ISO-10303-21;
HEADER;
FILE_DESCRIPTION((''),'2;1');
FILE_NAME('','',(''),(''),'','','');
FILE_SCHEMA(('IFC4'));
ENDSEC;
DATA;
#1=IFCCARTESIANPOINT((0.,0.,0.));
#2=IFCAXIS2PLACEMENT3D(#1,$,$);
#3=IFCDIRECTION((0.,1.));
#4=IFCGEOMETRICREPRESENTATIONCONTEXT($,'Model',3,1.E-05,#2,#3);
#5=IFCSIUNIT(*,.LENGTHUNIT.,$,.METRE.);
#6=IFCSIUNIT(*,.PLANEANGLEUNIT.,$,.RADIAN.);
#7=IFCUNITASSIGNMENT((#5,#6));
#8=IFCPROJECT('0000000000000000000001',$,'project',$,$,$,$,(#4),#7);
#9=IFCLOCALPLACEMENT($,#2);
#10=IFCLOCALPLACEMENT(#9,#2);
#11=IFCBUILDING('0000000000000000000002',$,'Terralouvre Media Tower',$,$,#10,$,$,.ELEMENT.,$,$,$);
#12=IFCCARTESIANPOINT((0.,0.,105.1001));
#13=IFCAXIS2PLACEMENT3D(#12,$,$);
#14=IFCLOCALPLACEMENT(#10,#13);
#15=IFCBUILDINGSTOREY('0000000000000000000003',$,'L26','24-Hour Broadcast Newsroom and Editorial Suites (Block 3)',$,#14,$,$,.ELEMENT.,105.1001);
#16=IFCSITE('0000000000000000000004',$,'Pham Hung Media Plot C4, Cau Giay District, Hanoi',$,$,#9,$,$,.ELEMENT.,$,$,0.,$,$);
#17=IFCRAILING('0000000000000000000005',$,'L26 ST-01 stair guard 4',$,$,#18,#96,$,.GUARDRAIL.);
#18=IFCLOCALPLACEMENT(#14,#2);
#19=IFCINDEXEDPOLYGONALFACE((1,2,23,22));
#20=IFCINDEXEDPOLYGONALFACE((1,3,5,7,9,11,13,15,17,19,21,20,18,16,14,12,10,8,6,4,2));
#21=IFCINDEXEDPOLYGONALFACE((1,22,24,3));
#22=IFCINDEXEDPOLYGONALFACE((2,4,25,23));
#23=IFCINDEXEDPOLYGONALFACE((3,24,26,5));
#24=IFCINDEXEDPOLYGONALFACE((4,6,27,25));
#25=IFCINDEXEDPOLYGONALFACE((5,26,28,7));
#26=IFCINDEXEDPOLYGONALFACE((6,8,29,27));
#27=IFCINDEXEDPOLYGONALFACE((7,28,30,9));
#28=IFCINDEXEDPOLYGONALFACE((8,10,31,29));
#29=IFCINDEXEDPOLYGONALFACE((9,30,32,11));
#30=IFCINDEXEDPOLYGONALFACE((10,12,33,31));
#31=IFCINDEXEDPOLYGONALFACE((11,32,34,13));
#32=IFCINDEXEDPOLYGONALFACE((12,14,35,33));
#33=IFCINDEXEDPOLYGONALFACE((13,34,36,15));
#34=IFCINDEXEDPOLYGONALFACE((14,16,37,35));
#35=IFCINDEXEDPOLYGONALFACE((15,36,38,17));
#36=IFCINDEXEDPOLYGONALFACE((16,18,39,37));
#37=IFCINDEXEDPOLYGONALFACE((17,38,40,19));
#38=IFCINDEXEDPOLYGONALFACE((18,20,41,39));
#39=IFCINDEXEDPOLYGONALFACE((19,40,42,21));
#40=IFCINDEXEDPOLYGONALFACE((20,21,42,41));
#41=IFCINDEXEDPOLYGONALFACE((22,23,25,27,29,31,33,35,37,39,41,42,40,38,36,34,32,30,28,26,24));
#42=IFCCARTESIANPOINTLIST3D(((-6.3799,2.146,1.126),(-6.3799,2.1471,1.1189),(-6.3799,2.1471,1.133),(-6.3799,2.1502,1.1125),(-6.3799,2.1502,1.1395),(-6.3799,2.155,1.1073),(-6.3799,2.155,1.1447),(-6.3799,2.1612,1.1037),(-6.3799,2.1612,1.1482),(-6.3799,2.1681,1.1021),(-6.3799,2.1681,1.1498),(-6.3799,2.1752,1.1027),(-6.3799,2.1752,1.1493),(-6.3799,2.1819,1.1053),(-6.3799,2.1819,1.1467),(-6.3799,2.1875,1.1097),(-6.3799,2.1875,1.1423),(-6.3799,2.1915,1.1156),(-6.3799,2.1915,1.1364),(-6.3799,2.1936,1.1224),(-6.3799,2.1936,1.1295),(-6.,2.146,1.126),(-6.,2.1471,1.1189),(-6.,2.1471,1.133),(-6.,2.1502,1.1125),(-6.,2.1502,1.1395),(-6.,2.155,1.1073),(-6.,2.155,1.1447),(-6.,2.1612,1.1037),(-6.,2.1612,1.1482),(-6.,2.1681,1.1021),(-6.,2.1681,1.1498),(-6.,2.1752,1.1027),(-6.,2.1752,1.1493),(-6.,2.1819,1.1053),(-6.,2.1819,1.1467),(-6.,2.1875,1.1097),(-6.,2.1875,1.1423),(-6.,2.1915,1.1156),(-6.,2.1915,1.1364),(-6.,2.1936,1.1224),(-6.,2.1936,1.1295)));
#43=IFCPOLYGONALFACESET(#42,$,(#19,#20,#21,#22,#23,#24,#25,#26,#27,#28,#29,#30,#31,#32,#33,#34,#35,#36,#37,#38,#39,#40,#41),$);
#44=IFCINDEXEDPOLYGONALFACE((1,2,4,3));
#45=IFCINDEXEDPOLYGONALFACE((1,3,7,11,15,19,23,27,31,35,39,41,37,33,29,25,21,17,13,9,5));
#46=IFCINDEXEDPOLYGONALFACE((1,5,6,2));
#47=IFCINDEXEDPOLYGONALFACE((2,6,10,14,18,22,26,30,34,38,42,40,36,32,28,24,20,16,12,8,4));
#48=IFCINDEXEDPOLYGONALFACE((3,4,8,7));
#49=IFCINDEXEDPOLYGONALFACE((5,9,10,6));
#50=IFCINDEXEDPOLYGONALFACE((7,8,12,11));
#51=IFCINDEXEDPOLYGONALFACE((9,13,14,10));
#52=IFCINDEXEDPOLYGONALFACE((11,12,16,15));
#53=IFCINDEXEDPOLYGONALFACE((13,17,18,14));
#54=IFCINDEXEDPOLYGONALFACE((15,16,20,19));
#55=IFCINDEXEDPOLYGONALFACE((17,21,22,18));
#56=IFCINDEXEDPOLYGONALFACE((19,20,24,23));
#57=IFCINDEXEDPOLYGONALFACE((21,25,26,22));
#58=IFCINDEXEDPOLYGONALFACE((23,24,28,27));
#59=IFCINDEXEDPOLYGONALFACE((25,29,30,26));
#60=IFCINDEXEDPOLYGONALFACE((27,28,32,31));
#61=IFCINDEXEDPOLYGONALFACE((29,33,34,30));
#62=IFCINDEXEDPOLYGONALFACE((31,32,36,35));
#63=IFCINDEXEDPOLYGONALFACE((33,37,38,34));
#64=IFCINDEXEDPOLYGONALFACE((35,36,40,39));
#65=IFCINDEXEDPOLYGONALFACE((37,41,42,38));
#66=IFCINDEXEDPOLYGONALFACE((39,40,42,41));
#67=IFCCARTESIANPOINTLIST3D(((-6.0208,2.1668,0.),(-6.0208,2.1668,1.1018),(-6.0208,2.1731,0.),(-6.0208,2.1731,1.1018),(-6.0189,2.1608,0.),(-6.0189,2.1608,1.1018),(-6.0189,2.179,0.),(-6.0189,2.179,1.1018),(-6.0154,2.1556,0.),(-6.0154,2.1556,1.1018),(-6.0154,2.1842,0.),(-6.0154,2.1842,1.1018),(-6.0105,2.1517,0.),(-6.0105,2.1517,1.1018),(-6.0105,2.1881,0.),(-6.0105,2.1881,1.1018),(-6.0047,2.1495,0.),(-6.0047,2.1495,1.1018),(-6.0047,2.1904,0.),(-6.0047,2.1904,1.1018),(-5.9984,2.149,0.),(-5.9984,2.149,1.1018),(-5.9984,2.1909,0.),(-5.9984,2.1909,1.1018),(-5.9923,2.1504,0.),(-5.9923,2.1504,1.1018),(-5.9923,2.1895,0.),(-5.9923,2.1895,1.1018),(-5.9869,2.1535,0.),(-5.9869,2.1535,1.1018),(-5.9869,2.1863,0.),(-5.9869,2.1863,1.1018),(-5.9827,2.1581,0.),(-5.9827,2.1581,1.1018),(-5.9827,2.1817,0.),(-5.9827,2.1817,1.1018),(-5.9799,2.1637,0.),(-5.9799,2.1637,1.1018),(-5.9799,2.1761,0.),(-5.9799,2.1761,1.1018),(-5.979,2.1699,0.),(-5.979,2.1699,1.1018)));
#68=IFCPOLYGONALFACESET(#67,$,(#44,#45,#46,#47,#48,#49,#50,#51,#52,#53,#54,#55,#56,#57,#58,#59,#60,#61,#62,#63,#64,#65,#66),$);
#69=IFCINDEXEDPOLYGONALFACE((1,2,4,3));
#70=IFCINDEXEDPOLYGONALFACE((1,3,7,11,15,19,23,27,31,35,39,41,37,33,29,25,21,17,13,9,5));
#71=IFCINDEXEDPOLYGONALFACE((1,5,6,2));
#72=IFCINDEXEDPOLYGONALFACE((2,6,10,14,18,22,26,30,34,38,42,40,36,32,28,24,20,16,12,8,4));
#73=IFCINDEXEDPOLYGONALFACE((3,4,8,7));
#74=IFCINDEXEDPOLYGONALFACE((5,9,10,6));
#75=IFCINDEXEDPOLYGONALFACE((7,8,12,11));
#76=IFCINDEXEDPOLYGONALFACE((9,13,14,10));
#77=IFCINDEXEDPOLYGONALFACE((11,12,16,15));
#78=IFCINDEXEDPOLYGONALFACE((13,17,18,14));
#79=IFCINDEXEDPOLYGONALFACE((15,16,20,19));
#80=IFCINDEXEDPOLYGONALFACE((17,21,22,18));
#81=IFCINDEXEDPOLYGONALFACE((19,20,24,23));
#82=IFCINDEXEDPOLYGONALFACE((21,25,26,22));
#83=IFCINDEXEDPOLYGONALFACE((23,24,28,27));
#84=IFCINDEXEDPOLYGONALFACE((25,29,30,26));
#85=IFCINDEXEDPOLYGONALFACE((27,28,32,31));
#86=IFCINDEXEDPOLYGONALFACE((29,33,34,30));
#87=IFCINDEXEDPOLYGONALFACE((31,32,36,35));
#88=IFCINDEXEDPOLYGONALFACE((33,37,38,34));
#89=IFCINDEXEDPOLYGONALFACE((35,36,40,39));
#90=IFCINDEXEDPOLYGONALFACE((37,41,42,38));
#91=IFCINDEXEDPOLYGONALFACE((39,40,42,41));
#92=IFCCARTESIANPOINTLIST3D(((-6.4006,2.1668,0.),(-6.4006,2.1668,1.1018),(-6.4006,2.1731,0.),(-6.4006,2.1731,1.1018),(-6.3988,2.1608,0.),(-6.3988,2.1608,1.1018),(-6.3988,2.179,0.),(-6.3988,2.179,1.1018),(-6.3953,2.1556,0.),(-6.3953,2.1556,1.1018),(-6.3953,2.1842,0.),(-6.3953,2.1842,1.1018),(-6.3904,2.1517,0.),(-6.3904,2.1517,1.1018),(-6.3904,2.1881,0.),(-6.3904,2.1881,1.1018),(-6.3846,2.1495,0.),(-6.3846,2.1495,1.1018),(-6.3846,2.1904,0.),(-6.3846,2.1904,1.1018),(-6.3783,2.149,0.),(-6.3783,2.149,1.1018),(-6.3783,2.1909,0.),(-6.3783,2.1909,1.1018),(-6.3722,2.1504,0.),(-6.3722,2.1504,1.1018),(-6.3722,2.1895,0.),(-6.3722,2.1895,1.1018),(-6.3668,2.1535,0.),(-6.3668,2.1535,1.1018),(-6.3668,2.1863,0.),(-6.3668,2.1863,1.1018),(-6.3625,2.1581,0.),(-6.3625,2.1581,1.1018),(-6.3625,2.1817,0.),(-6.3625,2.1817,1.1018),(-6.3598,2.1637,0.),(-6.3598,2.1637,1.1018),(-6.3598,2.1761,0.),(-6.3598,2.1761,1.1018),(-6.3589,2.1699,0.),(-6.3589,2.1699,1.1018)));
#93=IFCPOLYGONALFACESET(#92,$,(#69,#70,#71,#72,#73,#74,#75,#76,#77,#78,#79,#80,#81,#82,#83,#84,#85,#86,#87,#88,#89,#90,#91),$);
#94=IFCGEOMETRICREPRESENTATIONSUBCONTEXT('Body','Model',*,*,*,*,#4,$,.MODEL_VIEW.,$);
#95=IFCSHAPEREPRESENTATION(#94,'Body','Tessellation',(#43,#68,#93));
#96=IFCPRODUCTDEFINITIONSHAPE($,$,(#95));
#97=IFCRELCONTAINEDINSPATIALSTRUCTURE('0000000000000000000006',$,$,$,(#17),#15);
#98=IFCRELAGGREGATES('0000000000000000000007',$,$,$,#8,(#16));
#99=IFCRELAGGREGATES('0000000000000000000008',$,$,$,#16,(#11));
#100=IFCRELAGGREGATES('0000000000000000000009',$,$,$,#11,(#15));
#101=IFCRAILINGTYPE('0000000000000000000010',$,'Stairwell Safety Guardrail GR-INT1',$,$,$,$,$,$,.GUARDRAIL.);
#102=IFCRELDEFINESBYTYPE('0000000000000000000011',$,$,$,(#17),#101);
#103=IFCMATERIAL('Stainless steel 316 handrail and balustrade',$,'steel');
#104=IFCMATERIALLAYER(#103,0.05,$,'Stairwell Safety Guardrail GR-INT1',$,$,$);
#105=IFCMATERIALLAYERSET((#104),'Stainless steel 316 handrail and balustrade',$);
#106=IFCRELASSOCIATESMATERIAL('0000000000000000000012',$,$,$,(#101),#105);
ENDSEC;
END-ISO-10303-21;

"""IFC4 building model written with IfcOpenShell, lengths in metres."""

from ifc_helpers import new_model, si_unit, direction, frame, origin, origin_2d, place, context, subcontext, project, spatial, circle, extrude, material, layer, layer_set, type_object, element, save


model = new_model("IFC4")

# Units and contexts
model_context = context("Model", 3, precision=1e-05, world=origin(), true_north=direction((0.0, 1.0)))
body_context = subcontext(model_context, "Body", "Model", "MODEL_VIEW")
ifc_project = project(units=[si_unit("LENGTHUNIT", "METRE"), si_unit("PLANEANGLEUNIT", "RADIAN")], contexts=[model_context])

# Site, building, storey
site_placement = place(None, origin())
site = spatial("IfcSite", under=ifc_project, at=site_placement, Name="Pham Hung Media Plot C4, Cau Giay District, Hanoi", CompositionType="ELEMENT", RefElevation=0.0)
building_placement = place(site_placement, origin())
building = spatial("IfcBuilding", under=site, at=building_placement, Name="Terralouvre Media Tower", CompositionType="ELEMENT")
storey_placement = place(building_placement, frame((0.0, 0.0, 105.1001)))
storey = spatial("IfcBuildingStorey", under=building, at=storey_placement, Name="L26", Description="24-Hour Broadcast Newsroom and Editorial Suites (Block 3)", CompositionType="ELEMENT", Elevation=105.1001)

# Railing
ifc_material_1 = material(Name="Stainless steel 316 handrail and balustrade", Category="steel")
ifc_layer_1 = layer(ifc_material_1, 0.05, Name="Stairwell Safety Guardrail GR-INT1")
ifc_layer_set_1 = layer_set([ifc_layer_1], Name="Stainless steel 316 handrail and balustrade")
railing_type_1 = type_object("IfcRailingType", Name="Stairwell Safety Guardrail GR-INT1", PredefinedType="GUARDRAIL", material=ifc_layer_set_1)
railing_1_placement = place(storey_placement, frame((-6.0, 2.1699, 0.0)))
element("IfcRailing", 1, at=railing_1_placement, inside=storey, type_object=railing_type_1, Name="L26 ST-01 stair guard 4", PredefinedType="GUARDRAIL", context=body_context, shape_type="SweptSolid", body=[
    extrude(circle(Radius=0.0239, at=origin_2d()), frame((0.0, 0.0, 1.126), z_axis=(-1.0, 0.0, 0.0), x_axis=(0.0, -1.0, 0.0)), (0.0, 0.0, 1.0), 0.3799),
    extrude(circle(Radius=0.021, at=origin_2d()), origin(), (0.0, 0.0, 1.0), 1.1018),
    extrude(circle(Radius=0.021, at=origin_2d()), frame((-0.3799, 0.0, 0.0)), (0.0, 0.0, 1.0), 1.1018),
])

save(model, "model.ifc")
